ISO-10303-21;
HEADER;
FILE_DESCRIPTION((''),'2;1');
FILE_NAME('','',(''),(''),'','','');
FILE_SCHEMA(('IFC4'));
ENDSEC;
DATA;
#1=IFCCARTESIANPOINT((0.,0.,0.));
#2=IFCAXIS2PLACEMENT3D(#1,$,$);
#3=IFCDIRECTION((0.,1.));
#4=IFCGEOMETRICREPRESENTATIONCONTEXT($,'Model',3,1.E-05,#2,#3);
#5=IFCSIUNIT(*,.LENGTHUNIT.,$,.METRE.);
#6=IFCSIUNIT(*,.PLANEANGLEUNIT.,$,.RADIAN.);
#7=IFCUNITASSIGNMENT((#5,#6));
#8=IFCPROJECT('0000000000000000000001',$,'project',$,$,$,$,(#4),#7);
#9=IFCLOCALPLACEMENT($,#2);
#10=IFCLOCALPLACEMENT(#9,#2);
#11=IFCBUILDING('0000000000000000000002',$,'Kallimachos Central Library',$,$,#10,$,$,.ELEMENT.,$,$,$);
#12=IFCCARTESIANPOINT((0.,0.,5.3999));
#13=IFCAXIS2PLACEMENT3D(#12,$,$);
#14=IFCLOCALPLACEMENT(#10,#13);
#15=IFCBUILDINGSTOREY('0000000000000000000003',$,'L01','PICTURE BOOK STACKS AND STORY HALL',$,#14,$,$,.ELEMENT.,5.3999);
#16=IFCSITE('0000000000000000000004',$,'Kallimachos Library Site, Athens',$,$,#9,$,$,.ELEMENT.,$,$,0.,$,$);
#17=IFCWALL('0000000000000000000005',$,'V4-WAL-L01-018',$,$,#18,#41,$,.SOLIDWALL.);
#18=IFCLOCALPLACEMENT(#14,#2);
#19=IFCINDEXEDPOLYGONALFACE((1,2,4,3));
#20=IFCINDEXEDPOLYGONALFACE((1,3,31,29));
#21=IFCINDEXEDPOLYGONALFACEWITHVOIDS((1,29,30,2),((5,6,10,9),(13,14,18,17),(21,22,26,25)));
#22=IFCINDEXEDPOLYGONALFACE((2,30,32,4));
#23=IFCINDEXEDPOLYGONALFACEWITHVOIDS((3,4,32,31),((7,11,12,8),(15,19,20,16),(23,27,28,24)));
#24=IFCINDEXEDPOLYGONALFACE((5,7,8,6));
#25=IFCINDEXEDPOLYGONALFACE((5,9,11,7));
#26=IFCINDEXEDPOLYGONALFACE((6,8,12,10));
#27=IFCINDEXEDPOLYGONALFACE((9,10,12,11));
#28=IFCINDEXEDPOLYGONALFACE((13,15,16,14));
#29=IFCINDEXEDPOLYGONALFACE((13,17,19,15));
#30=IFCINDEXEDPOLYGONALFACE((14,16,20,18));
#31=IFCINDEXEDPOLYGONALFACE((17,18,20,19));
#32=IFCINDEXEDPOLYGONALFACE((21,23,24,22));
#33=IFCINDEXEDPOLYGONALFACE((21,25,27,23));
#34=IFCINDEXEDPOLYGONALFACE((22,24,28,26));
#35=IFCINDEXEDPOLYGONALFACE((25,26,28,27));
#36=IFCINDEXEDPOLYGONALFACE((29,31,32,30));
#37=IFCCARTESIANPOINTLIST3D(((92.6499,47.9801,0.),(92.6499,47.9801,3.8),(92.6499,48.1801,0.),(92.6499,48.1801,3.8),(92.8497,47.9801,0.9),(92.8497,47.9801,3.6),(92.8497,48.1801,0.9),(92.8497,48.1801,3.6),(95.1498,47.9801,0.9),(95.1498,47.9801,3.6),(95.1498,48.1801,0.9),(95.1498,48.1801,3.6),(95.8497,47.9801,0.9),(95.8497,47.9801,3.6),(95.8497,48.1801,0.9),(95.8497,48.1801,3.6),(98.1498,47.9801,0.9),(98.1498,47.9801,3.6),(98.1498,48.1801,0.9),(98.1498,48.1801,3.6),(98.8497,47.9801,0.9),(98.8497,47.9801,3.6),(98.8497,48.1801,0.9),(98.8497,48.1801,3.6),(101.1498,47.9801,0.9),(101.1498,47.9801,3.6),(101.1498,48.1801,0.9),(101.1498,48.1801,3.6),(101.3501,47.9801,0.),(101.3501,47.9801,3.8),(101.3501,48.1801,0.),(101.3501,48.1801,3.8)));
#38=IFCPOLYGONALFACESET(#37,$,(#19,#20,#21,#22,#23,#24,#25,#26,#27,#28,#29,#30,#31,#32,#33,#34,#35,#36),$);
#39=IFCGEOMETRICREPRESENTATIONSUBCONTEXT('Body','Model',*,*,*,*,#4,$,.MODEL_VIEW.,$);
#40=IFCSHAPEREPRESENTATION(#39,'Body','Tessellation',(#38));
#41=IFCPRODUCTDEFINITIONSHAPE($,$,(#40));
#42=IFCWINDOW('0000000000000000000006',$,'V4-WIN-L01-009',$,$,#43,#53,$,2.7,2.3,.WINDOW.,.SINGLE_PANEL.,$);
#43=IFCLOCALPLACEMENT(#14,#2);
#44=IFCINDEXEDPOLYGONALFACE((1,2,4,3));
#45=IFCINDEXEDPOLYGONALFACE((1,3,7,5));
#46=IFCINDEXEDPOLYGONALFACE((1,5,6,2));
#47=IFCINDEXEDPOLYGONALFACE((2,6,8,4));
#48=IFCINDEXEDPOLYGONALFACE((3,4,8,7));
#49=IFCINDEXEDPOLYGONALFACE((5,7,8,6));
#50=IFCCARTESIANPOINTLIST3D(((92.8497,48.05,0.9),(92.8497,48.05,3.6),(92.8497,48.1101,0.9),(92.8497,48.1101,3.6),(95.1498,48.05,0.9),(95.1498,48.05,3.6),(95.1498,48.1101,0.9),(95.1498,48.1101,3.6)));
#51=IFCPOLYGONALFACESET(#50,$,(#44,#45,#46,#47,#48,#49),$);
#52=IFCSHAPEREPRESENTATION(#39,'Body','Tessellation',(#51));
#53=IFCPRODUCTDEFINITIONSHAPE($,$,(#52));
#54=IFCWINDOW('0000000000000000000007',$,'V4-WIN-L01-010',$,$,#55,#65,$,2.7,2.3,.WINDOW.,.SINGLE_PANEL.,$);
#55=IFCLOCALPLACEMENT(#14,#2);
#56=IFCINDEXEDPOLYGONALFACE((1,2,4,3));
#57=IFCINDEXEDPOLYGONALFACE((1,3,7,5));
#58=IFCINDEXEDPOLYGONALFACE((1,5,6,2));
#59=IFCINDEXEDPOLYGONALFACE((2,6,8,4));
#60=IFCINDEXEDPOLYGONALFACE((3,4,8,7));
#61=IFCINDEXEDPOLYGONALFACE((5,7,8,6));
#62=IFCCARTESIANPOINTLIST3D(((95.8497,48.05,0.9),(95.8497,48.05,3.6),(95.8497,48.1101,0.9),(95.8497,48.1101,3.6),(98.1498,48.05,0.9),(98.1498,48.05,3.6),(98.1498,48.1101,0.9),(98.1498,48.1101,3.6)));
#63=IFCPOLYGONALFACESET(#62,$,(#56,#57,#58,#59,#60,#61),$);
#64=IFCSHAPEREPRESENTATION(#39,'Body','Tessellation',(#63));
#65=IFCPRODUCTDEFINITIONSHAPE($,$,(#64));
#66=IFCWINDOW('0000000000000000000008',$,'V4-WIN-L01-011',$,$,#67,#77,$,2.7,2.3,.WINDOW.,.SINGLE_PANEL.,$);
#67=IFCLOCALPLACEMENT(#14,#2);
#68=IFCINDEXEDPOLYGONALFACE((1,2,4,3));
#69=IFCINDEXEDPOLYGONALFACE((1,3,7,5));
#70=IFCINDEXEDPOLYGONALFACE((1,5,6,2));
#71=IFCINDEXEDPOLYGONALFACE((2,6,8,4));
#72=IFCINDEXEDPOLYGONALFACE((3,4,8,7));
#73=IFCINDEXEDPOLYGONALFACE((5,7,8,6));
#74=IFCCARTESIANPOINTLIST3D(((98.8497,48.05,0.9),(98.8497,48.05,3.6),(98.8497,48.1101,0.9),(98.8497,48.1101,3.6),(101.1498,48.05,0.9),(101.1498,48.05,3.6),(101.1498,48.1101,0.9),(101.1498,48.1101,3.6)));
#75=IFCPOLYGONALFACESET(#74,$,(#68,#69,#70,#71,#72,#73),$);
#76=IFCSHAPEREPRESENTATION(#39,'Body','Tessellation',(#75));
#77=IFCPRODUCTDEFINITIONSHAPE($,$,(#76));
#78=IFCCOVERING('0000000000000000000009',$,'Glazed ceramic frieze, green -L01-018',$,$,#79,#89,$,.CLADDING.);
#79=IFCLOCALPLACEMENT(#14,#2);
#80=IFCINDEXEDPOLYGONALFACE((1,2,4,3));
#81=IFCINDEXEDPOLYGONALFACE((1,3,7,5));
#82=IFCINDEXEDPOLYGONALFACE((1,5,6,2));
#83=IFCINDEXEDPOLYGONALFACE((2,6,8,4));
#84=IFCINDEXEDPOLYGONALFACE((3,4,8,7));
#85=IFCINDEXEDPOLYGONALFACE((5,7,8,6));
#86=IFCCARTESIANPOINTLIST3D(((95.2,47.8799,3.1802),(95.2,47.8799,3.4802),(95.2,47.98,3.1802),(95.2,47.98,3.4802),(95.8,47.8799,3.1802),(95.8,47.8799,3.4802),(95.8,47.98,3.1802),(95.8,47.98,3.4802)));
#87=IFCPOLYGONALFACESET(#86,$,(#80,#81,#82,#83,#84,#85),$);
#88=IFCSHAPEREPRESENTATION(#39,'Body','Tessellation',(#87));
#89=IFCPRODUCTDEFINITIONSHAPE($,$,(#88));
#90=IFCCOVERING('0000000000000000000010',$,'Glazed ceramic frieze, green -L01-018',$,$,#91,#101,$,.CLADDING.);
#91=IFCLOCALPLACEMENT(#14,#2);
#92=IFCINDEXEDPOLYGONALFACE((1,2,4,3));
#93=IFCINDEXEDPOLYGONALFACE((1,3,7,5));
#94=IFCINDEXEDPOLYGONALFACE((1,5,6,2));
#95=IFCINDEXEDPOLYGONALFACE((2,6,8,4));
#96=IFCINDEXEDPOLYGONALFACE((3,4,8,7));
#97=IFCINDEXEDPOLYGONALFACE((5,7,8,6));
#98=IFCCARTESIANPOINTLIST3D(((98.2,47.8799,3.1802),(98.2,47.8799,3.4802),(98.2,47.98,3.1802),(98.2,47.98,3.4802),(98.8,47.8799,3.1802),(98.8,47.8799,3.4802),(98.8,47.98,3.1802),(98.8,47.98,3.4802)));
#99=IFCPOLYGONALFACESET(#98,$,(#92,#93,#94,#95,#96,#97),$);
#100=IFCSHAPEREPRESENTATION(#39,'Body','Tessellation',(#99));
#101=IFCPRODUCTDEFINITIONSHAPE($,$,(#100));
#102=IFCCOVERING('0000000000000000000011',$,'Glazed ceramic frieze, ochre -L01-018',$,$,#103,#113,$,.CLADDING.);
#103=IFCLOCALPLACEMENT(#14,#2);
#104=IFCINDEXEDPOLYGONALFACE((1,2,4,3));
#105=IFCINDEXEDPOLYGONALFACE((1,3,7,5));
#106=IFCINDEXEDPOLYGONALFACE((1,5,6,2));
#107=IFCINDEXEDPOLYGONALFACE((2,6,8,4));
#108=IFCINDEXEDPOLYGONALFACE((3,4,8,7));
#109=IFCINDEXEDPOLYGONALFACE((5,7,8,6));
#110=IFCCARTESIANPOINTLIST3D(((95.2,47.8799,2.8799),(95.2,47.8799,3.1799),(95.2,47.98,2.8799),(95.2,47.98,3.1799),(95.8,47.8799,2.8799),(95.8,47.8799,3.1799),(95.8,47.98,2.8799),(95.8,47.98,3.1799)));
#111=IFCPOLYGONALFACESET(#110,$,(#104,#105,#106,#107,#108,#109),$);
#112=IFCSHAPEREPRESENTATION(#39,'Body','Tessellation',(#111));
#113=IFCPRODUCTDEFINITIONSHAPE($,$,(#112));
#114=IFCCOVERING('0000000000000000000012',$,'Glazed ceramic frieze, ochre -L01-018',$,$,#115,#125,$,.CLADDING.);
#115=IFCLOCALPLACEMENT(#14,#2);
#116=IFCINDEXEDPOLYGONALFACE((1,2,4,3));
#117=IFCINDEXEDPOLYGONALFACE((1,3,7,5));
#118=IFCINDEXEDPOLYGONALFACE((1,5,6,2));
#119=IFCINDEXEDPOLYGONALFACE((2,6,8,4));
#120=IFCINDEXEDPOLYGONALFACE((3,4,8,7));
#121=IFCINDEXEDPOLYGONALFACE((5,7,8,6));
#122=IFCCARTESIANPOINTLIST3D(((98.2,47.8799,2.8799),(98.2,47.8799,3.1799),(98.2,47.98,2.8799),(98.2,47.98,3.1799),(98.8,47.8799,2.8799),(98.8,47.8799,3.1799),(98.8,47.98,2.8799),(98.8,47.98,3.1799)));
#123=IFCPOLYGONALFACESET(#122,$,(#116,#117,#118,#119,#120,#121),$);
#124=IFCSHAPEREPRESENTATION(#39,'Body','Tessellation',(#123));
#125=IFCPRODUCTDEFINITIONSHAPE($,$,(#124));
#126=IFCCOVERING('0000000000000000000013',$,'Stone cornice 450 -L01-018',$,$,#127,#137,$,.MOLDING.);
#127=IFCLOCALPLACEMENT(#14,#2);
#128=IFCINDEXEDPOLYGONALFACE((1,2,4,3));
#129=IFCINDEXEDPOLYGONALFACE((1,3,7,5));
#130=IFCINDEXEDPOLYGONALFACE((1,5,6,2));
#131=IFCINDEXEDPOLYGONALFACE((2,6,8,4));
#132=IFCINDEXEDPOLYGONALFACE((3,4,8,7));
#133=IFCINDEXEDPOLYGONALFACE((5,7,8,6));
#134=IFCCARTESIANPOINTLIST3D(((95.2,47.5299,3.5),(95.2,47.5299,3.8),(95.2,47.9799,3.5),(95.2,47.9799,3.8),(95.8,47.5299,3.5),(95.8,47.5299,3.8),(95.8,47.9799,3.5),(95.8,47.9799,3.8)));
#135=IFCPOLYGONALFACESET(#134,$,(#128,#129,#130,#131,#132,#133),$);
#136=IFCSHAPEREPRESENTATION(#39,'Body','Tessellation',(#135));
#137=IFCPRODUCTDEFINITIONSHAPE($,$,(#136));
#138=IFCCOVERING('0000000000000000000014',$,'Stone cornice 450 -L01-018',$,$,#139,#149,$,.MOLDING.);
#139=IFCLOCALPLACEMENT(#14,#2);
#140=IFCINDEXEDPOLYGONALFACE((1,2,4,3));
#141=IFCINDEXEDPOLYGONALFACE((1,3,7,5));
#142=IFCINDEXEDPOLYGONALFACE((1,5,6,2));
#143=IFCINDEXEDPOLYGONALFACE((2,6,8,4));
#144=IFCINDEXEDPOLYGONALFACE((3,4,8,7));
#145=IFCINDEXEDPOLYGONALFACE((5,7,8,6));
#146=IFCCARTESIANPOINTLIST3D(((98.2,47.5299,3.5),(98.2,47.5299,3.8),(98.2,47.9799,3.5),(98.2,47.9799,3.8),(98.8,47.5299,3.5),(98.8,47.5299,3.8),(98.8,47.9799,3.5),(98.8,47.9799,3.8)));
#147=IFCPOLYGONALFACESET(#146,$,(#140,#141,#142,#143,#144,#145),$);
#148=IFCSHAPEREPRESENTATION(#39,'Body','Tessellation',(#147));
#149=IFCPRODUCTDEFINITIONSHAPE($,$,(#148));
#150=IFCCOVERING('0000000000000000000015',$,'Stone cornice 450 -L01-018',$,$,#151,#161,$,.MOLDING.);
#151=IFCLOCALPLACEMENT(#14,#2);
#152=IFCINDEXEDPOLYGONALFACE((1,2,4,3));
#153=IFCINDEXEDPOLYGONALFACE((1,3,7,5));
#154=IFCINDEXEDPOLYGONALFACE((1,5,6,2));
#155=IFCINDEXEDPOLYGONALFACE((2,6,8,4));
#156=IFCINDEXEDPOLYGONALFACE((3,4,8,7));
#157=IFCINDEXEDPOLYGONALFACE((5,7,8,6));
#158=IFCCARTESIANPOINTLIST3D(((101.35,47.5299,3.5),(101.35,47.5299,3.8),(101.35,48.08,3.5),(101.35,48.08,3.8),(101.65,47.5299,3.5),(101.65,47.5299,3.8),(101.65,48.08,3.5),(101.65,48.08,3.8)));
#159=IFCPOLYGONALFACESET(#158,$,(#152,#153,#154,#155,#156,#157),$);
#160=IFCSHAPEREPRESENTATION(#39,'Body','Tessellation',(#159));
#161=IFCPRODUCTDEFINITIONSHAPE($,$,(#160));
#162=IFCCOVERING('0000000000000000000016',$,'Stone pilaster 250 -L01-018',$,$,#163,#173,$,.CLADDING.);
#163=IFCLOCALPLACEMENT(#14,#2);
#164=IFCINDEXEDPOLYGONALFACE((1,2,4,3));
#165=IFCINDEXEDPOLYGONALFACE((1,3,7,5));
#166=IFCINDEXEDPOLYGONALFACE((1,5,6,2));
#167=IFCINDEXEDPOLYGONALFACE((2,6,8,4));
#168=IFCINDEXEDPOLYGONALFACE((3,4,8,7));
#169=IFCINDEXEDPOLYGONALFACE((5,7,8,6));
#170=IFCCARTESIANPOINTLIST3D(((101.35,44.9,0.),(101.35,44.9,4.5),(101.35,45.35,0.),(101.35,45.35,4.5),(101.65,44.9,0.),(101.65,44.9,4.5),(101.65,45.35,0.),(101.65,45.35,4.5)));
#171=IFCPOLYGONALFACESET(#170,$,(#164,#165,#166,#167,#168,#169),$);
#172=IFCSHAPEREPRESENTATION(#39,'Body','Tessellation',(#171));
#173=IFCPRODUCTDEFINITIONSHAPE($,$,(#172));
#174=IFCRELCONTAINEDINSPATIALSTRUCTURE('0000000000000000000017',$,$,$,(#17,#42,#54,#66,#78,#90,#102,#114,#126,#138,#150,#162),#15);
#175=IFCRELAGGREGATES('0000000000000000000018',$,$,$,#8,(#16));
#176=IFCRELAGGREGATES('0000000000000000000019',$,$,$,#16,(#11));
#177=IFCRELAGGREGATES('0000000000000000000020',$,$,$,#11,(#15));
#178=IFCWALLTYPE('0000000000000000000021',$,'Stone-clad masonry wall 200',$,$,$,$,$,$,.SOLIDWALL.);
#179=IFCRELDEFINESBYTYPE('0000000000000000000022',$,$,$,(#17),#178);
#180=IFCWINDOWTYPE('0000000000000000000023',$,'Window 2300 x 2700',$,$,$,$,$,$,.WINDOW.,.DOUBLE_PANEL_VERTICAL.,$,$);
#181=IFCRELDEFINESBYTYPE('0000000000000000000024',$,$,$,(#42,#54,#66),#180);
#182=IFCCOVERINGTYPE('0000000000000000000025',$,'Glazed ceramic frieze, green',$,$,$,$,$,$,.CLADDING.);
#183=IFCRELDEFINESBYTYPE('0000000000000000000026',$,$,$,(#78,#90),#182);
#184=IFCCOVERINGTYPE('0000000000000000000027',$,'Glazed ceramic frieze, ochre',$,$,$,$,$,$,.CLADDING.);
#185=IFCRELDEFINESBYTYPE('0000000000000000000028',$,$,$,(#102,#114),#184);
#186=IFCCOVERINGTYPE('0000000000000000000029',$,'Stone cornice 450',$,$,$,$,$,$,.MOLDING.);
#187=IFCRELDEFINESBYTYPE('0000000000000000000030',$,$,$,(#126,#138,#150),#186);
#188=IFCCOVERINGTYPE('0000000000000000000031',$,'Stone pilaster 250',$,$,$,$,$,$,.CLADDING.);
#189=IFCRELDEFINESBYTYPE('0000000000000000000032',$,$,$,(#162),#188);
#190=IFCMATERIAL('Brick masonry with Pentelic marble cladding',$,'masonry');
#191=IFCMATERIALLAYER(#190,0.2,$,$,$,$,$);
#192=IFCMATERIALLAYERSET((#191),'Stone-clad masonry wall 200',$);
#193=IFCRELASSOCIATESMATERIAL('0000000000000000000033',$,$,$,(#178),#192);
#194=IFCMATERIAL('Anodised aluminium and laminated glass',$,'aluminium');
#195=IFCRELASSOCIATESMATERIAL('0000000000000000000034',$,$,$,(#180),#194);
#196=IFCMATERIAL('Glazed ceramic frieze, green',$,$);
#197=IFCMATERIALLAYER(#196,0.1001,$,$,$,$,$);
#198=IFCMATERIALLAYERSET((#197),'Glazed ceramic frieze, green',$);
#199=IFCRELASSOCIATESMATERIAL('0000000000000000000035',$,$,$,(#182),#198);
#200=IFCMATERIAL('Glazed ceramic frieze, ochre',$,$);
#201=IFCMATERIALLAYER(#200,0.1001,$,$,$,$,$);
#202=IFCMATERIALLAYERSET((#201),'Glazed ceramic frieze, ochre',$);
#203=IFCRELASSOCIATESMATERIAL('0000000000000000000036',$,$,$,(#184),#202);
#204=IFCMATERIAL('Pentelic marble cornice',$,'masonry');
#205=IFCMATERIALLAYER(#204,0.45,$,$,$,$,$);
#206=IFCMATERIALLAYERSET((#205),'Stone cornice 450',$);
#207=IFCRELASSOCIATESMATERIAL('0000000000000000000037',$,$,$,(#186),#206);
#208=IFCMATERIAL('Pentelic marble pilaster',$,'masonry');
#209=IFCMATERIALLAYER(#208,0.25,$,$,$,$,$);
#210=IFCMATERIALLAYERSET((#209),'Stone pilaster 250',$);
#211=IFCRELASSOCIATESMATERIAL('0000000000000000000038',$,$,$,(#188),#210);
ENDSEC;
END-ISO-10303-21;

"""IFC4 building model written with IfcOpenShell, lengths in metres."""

from ifc_helpers import new_model, si_unit, direction, frame, frame_2d, origin, origin_2d, place, context, subcontext, project, spatial, rectangle, extrude, material, layer, layer_set, type_object, element, fill, save


model = new_model("IFC4")

# Units and contexts
model_context = context("Model", 3, precision=1e-05, world=origin(), true_north=direction((0.0, 1.0)))
body_context = subcontext(model_context, "Body", "Model", "MODEL_VIEW")
ifc_project = project(units=[si_unit("LENGTHUNIT", "METRE"), si_unit("PLANEANGLEUNIT", "RADIAN")], contexts=[model_context])

# Site, building, storey
site_placement = place(None, origin())
site = spatial("IfcSite", under=ifc_project, at=site_placement, Name="Kallimachos Library Site, Athens", CompositionType="ELEMENT", RefElevation=0.0)
building_placement = place(site_placement, origin())
building = spatial("IfcBuilding", under=site, at=building_placement, Name="Kallimachos Central Library", CompositionType="ELEMENT")
storey_placement = place(building_placement, frame((0.0, 0.0, 5.3999)))
storey = spatial("IfcBuildingStorey", under=building, at=storey_placement, Name="L01", Description="PICTURE BOOK STACKS AND STORY HALL", CompositionType="ELEMENT", Elevation=5.3999)

# Wall, openings, windows
ifc_material_1 = material(Name="Brick masonry with Pentelic marble cladding", Category="masonry")
ifc_layer_1 = layer(ifc_material_1, 0.2)
ifc_layer_set_1 = layer_set([ifc_layer_1], Name="Stone-clad masonry wall 200")
wall_type_1 = type_object("IfcWallType", Name="Stone-clad masonry wall 200", PredefinedType="SOLIDWALL", material=ifc_layer_set_1)
wall_1_placement = place(storey_placement, frame((92.6499, 48.0801, 0.0), z_axis=(0.0, 0.0, 1.0), x_axis=(1.0, 0.0, 0.0)))
wall_1 = element("IfcWall", 1, at=wall_1_placement, inside=storey, type_object=wall_type_1, Name="V4-WAL-L01-018", PredefinedType="SOLIDWALL", context=body_context, shape_type="SweptSolid", body=[
    extrude(rectangle(XDim=8.7002, YDim=0.2, at=frame_2d((4.3501, 0.0))), origin(), (0.0, 0.0, 1.0), 3.8),
])
opening_1_placement = place(wall_1_placement, frame((0.2, 0.0, 0.8999)))
opening_1 = element("IfcOpeningElement", 2, at=opening_1_placement, cuts=wall_1, PredefinedType="OPENING", context=body_context, shape_type="SweptSolid", body=[
    extrude(rectangle(XDim=2.3, YDim=2.7, at=frame_2d((1.1499, 1.3501))), frame((0.0, 0.1099, 0.0), z_axis=(0.0, -1.0, 0.0), x_axis=(1.0, 0.0, 0.0)), (0.0, 0.0, 1.0), 0.22),
])
opening_2_placement = place(wall_1_placement, frame((3.2, 0.0, 0.8999)))
opening_2 = element("IfcOpeningElement", 3, at=opening_2_placement, cuts=wall_1, PredefinedType="OPENING", context=body_context, shape_type="SweptSolid", body=[
    extrude(rectangle(XDim=2.3, YDim=2.7, at=frame_2d((1.1499, 1.3501))), frame((0.0, 0.1099, 0.0), z_axis=(0.0, -1.0, 0.0), x_axis=(1.0, 0.0, 0.0)), (0.0, 0.0, 1.0), 0.22),
])
opening_3_placement = place(wall_1_placement, frame((6.2, 0.0, 0.8999)))
opening_3 = element("IfcOpeningElement", 4, at=opening_3_placement, cuts=wall_1, PredefinedType="OPENING", context=body_context, shape_type="SweptSolid", body=[
    extrude(rectangle(XDim=2.3, YDim=2.7, at=frame_2d((1.1499, 1.3501))), frame((0.0, 0.1099, 0.0), z_axis=(0.0, -1.0, 0.0), x_axis=(1.0, 0.0, 0.0)), (0.0, 0.0, 1.0), 0.22),
])
ifc_material_2 = material(Name="Anodised aluminium and laminated glass", Category="aluminium")
window_type_1 = type_object("IfcWindowType", Name="Window 2300 x 2700", PartitioningType="DOUBLE_PANEL_VERTICAL", PredefinedType="WINDOW", material=ifc_material_2)
window_1_placement = place(opening_1_placement, origin())
window_1 = element("IfcWindow", 5, at=window_1_placement, inside=storey, type_object=window_type_1, Name="V4-WIN-L01-009", OverallHeight=2.7, OverallWidth=2.3, PartitioningType="SINGLE_PANEL", PredefinedType="WINDOW", context=body_context, shape_type="SweptSolid", body=[
    extrude(rectangle(XDim=2.3, YDim=2.7, at=frame_2d((1.1499, 1.3501))), frame((0.0, 0.03, 0.0), z_axis=(0.0, -1.0, 0.0), x_axis=(1.0, 0.0, 0.0)), (0.0, 0.0, 1.0), 0.0601),
])
fill(opening_1, window_1)
window_2_placement = place(opening_2_placement, origin())
window_2 = element("IfcWindow", 6, at=window_2_placement, inside=storey, type_object=window_type_1, Name="V4-WIN-L01-010", OverallHeight=2.7, OverallWidth=2.3, PartitioningType="SINGLE_PANEL", PredefinedType="WINDOW", context=body_context, shape_type="SweptSolid", body=[
    extrude(rectangle(XDim=2.3, YDim=2.7, at=frame_2d((1.1499, 1.3501))), frame((0.0, 0.03, 0.0), z_axis=(0.0, -1.0, 0.0), x_axis=(1.0, 0.0, 0.0)), (0.0, 0.0, 1.0), 0.0601),
])
fill(opening_2, window_2)
window_3_placement = place(opening_3_placement, origin())
window_3 = element("IfcWindow", 7, at=window_3_placement, inside=storey, type_object=window_type_1, Name="V4-WIN-L01-011", OverallHeight=2.7, OverallWidth=2.3, PartitioningType="SINGLE_PANEL", PredefinedType="WINDOW", context=body_context, shape_type="SweptSolid", body=[
    extrude(rectangle(XDim=2.3, YDim=2.7, at=frame_2d((1.1499, 1.3501))), frame((0.0, 0.03, 0.0), z_axis=(0.0, -1.0, 0.0), x_axis=(1.0, 0.0, 0.0)), (0.0, 0.0, 1.0), 0.0601),
])
fill(opening_3, window_3)

# Coverings
ifc_material_3 = material(Name="Glazed ceramic frieze, green")
ifc_layer_2 = layer(ifc_material_3, 0.1001)
ifc_layer_set_2 = layer_set([ifc_layer_2], Name="Glazed ceramic frieze, green")
covering_type_1 = type_object("IfcCoveringType", Name="Glazed ceramic frieze, green", PredefinedType="CLADDING", material=ifc_layer_set_2)
for number, where, z_axis, x_axis, name in (
    (8, (95.5, 47.9299, 3.1802), (0.0, 0.0, 1.0), (1.0, 0.0, 0.0), "Glazed ceramic frieze, green -L01-018"),
    (9, (98.5, 47.9299, 3.1802), (0.0, 0.0, 1.0), (1.0, 0.0, 0.0), "Glazed ceramic frieze, green -L01-018"),
):
    element("IfcCovering", number, at=place(storey_placement, frame(where, z_axis=z_axis, x_axis=x_axis)), inside=storey, type_object=covering_type_1, Name=name, PredefinedType="CLADDING", context=body_context, shape_type="SweptSolid", body=[
        extrude(rectangle(XDim=0.6001, YDim=0.1001, at=origin_2d()), origin(), (0.0, 0.0, 1.0), 0.3),
    ])
ifc_material_4 = material(Name="Glazed ceramic frieze, ochre")
ifc_layer_3 = layer(ifc_material_4, 0.1001)
ifc_layer_set_3 = layer_set([ifc_layer_3], Name="Glazed ceramic frieze, ochre")
covering_type_2 = type_object("IfcCoveringType", Name="Glazed ceramic frieze, ochre", PredefinedType="CLADDING", material=ifc_layer_set_3)
for number, where, z_axis, x_axis, name in (
    (10, (95.5, 47.9299, 2.8799), (0.0, 0.0, 1.0), (1.0, 0.0, 0.0), "Glazed ceramic frieze, ochre -L01-018"),
    (11, (98.5, 47.9299, 2.8799), (0.0, 0.0, 1.0), (1.0, 0.0, 0.0), "Glazed ceramic frieze, ochre -L01-018"),
):
    element("IfcCovering", number, at=place(storey_placement, frame(where, z_axis=z_axis, x_axis=x_axis)), inside=storey, type_object=covering_type_2, Name=name, PredefinedType="CLADDING", context=body_context, shape_type="SweptSolid", body=[
        extrude(rectangle(XDim=0.6001, YDim=0.1001, at=origin_2d()), origin(), (0.0, 0.0, 1.0), 0.3),
    ])
ifc_material_5 = material(Name="Pentelic marble cornice", Category="masonry")
ifc_layer_4 = layer(ifc_material_5, 0.45)
ifc_layer_set_4 = layer_set([ifc_layer_4], Name="Stone cornice 450")
covering_type_3 = type_object("IfcCoveringType", Name="Stone cornice 450", PredefinedType="MOLDING", material=ifc_layer_set_4)
for number, where, z_axis, x_axis, name in (
    (12, (95.5, 47.7549, 3.5), (0.0, 0.0, 1.0), (1.0, 0.0, 0.0), "Stone cornice 450 -L01-018"),
    (13, (98.5, 47.7549, 3.5), (0.0, 0.0, 1.0), (1.0, 0.0, 0.0), "Stone cornice 450 -L01-018"),
):
    element("IfcCovering", number, at=place(storey_placement, frame(where, z_axis=z_axis, x_axis=x_axis)), inside=storey, type_object=covering_type_3, Name=name, PredefinedType="MOLDING", context=body_context, shape_type="SweptSolid", body=[
        extrude(rectangle(XDim=0.6001, YDim=0.45, at=origin_2d()), origin(), (0.0, 0.0, 1.0), 0.3),
    ])
covering_1_placement = place(storey_placement, frame((101.5, 47.8049, 3.5), z_axis=(0.0, 0.0, 1.0), x_axis=(1.0, 0.0, 0.0)))
element("IfcCovering", 14, at=covering_1_placement, inside=storey, type_object=covering_type_3, Name="Stone cornice 450 -L01-018", PredefinedType="MOLDING", context=body_context, shape_type="SweptSolid", body=[
    extrude(rectangle(XDim=0.3, YDim=0.55, at=origin_2d()), origin(), (0.0, 0.0, 1.0), 0.3),
])
ifc_material_6 = material(Name="Pentelic marble pilaster", Category="masonry")
ifc_layer_5 = layer(ifc_material_6, 0.25)
ifc_layer_set_5 = layer_set([ifc_layer_5], Name="Stone pilaster 250")
covering_type_4 = type_object("IfcCoveringType", Name="Stone pilaster 250", PredefinedType="CLADDING", material=ifc_layer_set_5)
covering_2_placement = place(storey_placement, frame((101.5, 45.125, 0.0), z_axis=(0.0, 0.0, 1.0), x_axis=(1.0, 0.0, 0.0)))
element("IfcCovering", 15, at=covering_2_placement, inside=storey, type_object=covering_type_4, Name="Stone pilaster 250 -L01-018", PredefinedType="CLADDING", context=body_context, shape_type="SweptSolid", body=[
    extrude(rectangle(XDim=0.3, YDim=0.45, at=origin_2d()), origin(), (0.0, 0.0, 1.0), 4.5),
])

save(model, "model.ifc")
